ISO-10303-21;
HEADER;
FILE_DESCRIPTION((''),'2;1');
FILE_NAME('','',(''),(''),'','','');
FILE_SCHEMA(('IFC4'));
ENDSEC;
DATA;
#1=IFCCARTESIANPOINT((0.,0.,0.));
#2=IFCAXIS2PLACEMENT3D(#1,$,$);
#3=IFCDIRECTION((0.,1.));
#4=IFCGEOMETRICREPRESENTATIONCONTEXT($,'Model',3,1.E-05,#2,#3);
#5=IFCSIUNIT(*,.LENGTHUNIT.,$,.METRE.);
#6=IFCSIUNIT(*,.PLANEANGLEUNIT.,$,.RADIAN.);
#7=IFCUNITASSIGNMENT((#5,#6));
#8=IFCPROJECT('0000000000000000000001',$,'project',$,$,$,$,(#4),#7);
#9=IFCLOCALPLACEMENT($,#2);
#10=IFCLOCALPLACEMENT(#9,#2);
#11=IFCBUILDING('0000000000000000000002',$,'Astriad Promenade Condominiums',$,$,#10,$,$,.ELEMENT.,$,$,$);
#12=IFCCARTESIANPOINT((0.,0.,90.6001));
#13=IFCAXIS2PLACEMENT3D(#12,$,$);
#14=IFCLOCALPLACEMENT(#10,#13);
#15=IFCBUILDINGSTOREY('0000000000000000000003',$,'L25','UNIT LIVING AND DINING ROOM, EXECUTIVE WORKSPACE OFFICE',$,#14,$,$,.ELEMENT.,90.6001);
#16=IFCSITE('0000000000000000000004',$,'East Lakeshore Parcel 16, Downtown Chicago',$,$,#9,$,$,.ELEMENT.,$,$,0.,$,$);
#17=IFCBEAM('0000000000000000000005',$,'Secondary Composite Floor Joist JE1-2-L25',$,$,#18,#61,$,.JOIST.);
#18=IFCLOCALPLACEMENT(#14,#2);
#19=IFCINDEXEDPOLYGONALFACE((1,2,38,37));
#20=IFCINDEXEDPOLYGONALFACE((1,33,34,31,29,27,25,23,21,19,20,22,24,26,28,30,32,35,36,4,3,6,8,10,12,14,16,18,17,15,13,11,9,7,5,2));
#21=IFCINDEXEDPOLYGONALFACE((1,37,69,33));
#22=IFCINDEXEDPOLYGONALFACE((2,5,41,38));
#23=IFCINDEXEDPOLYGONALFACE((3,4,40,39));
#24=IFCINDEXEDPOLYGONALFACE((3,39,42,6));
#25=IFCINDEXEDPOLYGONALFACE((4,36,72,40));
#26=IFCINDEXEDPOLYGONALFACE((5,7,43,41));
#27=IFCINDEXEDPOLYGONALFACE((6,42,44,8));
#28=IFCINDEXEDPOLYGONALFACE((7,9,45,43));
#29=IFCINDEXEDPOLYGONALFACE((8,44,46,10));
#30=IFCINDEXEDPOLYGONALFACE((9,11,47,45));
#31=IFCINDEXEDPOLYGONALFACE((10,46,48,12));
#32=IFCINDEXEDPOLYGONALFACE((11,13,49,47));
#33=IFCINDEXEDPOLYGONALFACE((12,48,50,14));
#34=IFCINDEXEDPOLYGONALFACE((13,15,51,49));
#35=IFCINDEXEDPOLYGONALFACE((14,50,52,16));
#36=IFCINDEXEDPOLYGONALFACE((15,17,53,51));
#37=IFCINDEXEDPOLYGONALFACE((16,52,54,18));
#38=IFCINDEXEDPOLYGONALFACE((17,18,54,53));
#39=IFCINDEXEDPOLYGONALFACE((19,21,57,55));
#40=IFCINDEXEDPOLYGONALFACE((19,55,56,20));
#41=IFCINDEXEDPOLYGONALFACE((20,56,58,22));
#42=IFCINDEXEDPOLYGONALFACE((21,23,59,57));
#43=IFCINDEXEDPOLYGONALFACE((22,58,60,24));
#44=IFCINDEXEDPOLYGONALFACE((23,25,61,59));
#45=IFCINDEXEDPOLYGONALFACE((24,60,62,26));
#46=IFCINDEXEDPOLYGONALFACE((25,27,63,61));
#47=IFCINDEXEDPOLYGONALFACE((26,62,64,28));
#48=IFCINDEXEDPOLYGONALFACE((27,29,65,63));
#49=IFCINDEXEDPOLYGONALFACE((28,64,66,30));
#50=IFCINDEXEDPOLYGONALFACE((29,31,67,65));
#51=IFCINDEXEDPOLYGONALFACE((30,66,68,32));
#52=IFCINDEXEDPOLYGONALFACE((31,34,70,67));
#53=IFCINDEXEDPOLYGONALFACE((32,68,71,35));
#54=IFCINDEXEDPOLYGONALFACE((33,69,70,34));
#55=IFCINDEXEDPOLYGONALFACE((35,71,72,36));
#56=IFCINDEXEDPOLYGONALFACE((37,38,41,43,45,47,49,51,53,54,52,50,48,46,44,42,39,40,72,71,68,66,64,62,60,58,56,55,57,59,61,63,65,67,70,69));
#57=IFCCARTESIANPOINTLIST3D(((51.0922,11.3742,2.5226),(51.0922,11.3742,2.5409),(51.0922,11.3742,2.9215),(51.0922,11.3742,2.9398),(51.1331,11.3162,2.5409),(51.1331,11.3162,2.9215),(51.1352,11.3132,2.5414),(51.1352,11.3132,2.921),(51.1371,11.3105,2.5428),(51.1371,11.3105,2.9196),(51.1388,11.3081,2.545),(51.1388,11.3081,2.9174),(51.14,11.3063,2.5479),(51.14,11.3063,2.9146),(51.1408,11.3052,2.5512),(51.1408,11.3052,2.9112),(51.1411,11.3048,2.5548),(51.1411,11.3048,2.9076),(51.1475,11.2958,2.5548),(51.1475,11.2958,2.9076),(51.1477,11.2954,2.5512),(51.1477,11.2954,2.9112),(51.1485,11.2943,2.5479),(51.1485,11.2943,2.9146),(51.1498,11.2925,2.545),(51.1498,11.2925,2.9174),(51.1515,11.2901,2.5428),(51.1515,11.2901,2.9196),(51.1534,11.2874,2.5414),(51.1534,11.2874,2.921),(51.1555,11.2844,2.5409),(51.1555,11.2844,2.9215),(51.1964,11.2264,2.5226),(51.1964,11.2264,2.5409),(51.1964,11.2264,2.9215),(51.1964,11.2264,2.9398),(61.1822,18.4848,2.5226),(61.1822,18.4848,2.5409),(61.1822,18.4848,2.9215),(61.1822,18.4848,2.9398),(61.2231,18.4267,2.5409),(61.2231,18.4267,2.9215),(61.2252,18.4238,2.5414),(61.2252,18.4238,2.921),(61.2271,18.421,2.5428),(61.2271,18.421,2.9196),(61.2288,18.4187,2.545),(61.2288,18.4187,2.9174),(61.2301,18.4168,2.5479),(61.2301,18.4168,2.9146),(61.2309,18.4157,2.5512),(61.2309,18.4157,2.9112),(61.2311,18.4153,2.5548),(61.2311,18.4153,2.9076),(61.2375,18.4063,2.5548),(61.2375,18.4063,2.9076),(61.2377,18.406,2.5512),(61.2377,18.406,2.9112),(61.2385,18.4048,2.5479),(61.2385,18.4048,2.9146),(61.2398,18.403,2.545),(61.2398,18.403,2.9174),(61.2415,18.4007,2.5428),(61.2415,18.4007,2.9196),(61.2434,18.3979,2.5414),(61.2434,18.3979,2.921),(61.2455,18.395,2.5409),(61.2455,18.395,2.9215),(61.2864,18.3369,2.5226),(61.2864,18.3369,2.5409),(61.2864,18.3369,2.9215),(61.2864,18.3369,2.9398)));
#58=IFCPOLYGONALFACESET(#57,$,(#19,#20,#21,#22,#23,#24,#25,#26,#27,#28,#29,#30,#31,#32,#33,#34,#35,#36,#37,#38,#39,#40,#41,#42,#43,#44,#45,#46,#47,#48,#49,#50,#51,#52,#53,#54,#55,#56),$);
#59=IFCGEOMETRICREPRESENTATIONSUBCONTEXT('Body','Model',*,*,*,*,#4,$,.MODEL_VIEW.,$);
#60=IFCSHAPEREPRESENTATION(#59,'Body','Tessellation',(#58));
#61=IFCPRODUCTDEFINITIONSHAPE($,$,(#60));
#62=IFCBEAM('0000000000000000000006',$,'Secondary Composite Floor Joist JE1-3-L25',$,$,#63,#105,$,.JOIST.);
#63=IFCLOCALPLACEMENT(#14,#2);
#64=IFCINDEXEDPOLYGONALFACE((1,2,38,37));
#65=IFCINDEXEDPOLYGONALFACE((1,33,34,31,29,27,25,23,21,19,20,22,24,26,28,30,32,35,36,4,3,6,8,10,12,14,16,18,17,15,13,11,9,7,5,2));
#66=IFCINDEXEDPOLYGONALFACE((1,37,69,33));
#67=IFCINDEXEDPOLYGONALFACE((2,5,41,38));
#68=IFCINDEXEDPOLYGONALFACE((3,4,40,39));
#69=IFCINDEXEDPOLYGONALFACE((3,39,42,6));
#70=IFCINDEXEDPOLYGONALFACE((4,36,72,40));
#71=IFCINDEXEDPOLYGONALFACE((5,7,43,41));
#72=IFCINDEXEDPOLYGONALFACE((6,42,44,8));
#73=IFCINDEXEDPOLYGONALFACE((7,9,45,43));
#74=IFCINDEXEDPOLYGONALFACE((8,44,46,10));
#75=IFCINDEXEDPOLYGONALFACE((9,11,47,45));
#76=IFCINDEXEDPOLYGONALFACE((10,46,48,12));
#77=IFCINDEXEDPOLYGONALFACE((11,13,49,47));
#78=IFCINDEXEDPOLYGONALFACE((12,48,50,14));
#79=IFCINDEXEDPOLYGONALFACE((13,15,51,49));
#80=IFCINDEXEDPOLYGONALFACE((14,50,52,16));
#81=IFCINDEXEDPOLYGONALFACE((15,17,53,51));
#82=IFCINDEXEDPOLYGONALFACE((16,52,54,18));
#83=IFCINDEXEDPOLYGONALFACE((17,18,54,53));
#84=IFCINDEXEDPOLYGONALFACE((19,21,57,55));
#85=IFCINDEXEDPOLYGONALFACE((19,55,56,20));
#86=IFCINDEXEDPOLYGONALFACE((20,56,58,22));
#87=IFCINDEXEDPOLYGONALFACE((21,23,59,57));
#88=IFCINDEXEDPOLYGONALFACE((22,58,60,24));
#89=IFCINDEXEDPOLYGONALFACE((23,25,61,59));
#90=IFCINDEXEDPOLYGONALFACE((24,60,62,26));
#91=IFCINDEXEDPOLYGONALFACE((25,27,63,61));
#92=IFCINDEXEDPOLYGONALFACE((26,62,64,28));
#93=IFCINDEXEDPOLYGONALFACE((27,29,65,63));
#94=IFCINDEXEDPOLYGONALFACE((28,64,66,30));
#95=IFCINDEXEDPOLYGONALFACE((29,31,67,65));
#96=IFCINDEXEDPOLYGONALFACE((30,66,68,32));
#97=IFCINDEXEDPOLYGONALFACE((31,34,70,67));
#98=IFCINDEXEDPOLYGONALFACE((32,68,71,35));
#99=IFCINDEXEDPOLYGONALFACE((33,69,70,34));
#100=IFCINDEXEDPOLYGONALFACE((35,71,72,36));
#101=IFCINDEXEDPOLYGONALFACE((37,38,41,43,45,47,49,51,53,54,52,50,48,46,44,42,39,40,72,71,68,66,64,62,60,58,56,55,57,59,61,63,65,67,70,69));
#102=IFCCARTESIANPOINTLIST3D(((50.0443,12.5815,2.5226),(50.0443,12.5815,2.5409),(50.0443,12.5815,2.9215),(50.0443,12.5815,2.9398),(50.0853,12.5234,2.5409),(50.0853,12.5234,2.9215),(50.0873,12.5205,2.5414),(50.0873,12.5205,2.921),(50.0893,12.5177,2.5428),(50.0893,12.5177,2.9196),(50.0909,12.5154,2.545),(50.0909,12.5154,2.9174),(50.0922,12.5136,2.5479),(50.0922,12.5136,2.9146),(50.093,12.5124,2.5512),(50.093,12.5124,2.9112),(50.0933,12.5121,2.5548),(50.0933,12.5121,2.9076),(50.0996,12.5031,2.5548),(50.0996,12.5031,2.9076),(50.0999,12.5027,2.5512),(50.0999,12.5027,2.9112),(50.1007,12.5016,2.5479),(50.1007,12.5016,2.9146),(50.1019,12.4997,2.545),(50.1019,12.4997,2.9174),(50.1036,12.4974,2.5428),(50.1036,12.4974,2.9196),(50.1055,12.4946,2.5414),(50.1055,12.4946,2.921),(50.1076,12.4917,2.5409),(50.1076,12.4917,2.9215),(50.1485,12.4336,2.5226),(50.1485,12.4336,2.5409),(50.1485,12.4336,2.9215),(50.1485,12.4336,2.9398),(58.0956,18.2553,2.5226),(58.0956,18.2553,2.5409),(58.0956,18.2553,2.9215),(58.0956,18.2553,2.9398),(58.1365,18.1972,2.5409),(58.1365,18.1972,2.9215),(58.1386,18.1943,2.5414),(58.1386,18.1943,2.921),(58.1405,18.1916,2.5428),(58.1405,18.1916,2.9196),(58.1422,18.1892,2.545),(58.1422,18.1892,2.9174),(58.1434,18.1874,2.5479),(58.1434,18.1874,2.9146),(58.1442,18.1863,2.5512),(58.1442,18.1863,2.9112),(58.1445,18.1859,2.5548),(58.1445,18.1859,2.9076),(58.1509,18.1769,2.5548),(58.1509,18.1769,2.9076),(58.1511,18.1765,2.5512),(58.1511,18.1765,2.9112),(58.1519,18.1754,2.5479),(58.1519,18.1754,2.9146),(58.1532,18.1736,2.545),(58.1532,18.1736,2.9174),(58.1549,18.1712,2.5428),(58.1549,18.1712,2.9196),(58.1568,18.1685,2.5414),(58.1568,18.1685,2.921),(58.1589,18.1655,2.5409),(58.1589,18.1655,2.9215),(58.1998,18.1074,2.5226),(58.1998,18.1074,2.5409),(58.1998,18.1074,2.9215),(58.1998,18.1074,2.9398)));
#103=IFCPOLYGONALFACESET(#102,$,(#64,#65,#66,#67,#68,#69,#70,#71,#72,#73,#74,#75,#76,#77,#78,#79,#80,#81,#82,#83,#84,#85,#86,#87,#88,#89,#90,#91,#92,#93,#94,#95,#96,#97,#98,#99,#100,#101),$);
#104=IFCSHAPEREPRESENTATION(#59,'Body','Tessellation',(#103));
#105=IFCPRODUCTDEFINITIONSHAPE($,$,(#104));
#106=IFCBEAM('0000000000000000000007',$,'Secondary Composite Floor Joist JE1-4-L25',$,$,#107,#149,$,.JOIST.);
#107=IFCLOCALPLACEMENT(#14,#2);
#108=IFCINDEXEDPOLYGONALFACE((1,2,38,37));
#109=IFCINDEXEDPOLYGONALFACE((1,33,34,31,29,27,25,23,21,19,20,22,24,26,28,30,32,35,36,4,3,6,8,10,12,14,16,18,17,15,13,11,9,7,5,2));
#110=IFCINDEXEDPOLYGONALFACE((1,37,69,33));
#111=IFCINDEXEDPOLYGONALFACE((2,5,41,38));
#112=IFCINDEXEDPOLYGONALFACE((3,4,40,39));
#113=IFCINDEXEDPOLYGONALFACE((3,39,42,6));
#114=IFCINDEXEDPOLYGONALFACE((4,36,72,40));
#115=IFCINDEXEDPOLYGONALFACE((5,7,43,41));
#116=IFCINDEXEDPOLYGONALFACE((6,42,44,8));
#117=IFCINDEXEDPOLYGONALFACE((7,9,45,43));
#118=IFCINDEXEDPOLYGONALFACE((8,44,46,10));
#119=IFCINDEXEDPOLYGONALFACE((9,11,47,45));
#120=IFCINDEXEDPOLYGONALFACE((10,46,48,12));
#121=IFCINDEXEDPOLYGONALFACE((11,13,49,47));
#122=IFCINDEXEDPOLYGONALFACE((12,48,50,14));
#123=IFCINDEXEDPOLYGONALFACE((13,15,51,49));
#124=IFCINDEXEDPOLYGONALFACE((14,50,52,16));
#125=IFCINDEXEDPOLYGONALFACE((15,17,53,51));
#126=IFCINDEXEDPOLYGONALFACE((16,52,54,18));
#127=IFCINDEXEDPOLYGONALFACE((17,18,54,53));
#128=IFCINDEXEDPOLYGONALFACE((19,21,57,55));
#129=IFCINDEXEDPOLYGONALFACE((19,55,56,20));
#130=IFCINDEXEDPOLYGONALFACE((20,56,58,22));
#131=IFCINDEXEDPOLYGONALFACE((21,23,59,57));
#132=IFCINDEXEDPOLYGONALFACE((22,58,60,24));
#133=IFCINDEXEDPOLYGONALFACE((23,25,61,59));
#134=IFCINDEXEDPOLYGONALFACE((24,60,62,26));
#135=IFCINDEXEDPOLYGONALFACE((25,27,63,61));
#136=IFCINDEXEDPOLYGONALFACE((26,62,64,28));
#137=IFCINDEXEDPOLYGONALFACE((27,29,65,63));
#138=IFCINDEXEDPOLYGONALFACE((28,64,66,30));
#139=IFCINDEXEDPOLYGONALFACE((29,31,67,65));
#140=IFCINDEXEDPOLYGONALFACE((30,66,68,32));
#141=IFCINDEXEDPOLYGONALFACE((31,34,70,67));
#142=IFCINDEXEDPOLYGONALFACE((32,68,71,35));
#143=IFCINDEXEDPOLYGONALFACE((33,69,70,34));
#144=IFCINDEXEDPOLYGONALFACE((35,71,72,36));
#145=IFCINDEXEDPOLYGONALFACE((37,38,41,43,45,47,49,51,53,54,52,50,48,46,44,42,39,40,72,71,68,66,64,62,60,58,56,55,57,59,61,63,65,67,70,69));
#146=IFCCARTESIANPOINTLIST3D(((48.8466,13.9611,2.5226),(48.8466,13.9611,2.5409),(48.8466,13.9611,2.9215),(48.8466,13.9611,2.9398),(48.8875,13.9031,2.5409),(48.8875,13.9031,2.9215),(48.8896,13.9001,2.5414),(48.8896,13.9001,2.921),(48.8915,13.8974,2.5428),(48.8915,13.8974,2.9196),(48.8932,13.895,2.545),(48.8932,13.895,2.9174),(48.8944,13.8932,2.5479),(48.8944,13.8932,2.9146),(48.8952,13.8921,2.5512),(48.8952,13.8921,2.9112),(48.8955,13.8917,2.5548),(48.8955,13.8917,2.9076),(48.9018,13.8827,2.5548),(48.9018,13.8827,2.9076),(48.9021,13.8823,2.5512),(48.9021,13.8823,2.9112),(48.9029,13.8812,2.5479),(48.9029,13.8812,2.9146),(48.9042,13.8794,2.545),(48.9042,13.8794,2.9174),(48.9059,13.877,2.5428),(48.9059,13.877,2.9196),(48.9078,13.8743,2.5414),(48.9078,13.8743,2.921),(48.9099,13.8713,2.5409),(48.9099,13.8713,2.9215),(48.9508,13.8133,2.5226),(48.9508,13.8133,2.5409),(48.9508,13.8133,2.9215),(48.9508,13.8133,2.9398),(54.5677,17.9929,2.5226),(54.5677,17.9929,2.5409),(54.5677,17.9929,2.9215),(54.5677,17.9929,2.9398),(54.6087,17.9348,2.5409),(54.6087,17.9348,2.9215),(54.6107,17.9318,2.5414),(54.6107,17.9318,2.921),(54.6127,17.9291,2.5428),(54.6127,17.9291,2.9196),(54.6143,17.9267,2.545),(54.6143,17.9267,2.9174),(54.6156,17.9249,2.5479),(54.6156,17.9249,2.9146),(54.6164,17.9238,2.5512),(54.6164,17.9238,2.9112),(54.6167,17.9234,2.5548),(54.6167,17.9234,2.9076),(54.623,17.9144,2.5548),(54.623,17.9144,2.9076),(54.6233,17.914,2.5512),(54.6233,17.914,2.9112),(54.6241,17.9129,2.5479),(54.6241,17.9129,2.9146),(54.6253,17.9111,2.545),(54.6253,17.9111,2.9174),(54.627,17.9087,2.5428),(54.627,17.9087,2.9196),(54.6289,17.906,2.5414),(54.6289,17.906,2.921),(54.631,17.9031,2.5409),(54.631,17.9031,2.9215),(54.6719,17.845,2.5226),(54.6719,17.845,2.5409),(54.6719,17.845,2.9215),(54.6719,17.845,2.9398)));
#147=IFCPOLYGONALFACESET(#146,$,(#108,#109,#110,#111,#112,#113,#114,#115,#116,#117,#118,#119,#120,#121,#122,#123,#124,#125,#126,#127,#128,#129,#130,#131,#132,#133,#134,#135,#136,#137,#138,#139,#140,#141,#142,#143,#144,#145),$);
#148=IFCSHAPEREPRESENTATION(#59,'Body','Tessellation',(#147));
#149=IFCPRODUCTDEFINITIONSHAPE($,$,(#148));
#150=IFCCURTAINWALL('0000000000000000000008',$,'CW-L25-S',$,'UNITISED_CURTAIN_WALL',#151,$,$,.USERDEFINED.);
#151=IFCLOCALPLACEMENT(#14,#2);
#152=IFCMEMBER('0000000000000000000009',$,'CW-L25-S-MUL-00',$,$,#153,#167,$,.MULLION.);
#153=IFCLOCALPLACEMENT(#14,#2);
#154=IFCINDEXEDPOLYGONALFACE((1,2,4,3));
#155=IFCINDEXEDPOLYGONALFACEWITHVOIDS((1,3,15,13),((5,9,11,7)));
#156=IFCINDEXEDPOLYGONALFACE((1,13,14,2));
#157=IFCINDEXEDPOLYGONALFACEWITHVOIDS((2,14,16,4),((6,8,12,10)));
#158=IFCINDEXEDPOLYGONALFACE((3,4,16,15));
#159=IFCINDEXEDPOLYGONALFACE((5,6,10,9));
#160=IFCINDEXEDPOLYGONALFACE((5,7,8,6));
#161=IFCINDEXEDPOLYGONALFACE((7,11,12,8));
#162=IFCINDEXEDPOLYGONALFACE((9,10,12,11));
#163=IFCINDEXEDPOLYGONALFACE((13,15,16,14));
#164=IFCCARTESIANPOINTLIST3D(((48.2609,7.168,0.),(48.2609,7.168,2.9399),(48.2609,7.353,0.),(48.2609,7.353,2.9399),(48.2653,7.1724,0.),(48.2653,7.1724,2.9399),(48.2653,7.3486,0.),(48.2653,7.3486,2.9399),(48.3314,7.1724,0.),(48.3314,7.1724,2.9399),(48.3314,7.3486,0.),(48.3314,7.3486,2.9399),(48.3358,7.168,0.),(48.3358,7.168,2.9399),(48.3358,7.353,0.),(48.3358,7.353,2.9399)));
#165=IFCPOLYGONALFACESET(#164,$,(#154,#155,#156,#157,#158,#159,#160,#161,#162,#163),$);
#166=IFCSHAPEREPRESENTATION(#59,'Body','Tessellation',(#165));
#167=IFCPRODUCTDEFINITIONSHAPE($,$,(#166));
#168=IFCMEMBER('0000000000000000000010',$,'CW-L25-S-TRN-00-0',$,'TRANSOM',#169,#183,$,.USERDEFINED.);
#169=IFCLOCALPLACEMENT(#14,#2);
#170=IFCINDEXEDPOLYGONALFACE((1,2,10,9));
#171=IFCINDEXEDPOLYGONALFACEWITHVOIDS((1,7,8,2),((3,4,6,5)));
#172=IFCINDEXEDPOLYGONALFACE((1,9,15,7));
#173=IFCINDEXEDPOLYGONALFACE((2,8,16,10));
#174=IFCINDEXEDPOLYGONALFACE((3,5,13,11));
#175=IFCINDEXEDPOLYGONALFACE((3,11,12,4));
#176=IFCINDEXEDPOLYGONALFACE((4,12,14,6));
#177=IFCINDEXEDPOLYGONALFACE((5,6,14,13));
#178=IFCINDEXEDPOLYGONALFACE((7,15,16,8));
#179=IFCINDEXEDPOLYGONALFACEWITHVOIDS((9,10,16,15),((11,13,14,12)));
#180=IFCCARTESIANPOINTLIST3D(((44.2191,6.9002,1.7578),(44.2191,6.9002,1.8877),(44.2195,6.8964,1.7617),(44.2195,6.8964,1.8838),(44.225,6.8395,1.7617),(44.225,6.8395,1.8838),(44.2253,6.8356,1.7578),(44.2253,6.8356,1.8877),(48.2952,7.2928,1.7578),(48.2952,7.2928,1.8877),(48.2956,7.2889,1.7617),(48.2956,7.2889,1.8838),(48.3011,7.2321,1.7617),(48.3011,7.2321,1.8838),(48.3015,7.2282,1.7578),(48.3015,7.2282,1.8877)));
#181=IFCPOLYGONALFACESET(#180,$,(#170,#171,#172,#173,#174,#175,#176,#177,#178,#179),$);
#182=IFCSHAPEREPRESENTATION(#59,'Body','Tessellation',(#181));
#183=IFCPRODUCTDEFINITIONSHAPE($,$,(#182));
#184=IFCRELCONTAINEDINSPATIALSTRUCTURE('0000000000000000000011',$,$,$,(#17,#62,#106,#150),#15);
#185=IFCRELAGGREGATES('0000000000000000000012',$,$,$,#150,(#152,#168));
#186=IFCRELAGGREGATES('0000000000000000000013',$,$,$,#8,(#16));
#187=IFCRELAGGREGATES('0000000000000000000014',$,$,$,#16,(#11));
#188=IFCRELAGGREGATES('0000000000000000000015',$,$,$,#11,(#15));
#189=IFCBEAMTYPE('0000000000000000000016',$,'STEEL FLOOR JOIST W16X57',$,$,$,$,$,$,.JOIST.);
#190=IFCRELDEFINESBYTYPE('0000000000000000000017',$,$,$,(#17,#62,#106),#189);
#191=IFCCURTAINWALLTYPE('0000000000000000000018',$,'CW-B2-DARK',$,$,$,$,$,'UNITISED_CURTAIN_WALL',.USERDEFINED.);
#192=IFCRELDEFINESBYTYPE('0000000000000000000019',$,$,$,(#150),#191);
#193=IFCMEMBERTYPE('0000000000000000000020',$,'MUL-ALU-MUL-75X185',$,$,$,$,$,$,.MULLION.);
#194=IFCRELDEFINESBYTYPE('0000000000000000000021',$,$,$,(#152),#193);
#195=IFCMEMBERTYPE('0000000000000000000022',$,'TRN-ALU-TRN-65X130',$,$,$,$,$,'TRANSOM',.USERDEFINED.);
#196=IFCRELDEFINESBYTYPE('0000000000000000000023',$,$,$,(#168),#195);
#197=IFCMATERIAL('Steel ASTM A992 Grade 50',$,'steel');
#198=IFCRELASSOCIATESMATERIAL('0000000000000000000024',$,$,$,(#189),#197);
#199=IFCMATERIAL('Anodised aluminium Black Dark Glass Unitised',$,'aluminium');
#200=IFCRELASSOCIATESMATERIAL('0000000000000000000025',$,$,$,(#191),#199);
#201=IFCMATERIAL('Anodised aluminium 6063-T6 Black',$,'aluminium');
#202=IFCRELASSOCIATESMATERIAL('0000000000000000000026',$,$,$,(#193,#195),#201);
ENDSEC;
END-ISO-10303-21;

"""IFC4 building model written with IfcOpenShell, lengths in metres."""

from ifc_helpers import new_model, si_unit, direction, frame, origin, origin_2d, place, context, subcontext, project, spatial, hollow_rectangle, i_section, extrude, source, transform, mapped, material, material_profile, profile_set, type_object, type_shapes, element, aggregate, save


model = new_model("IFC4")

# Units and contexts
model_context = context("Model", 3, precision=1e-05, world=origin(), true_north=direction((0.0, 1.0)))
body_context = subcontext(model_context, "Body", "Model", "MODEL_VIEW")
ifc_project = project(units=[si_unit("LENGTHUNIT", "METRE"), si_unit("PLANEANGLEUNIT", "RADIAN")], contexts=[model_context])

# Site, building, storey
site_placement = place(None, origin())
site = spatial("IfcSite", under=ifc_project, at=site_placement, Name="East Lakeshore Parcel 16, Downtown Chicago", CompositionType="ELEMENT", RefElevation=0.0)
building_placement = place(site_placement, origin())
building = spatial("IfcBuilding", under=site, at=building_placement, Name="Astriad Promenade Condominiums", CompositionType="ELEMENT")
storey_placement = place(building_placement, frame((0.0, 0.0, 90.6001)))
storey = spatial("IfcBuildingStorey", under=building, at=storey_placement, Name="L25", Description="UNIT LIVING AND DINING ROOM, EXECUTIVE WORKSPACE OFFICE", CompositionType="ELEMENT", Elevation=90.6001)

# Beams
ifc_material_1 = material(Name="Steel ASTM A992 Grade 50", Category="steel")
ifc_material_profile_1 = material_profile(ifc_material_1, i_section(OverallWidth=0.1809, OverallDepth=0.4172, WebThickness=0.011, FlangeThickness=0.0183, FilletRadius=0.0139, at=origin_2d()), Name="W16X57")
ifc_profile_set_1 = profile_set([ifc_material_profile_1], Name="Steel ASTM A992 Grade 50")
beam_type_1 = type_object("IfcBeamType", Name="STEEL FLOOR JOIST W16X57", PredefinedType="JOIST", material=ifc_profile_set_1)
shared_shape_1 = source(origin(), body_context, "Body", "SweptSolid", [
    extrude(i_section(OverallWidth=0.1809, OverallDepth=0.4172, WebThickness=0.011, FlangeThickness=0.0183, FilletRadius=0.0139, at=origin_2d()), origin(), (0.0, 0.0, 1.0), 12.3438),
])
beam_1_placement = place(storey_placement, frame((51.1443, 11.3003, 2.7312), z_axis=(0.817419, 0.576044, 0.0), x_axis=(-0.576044, 0.817419, 0.0)))
element("IfcBeam", 1, at=beam_1_placement, inside=storey, type_object=beam_type_1, Name="Secondary Composite Floor Joist JE1-2-L25", PredefinedType="JOIST", context=body_context, shape_type="MappedRepresentation", body=[
    mapped(shared_shape_1, transform((0.0, 0.0, 0.0), scale=1.0)),
])
shared_shape_2 = source(origin(), body_context, "Body", "SweptSolid", [
    extrude(i_section(OverallWidth=0.1809, OverallDepth=0.4172, WebThickness=0.011, FlangeThickness=0.0183, FilletRadius=0.0139, at=origin_2d()), origin(), (0.0, 0.0, 1.0), 9.8496),
])
beam_2_placement = place(storey_placement, frame((50.0964, 12.5076, 2.7312), z_axis=(0.817418, 0.576045, 0.0), x_axis=(-0.576045, 0.817418, 0.0)))
element("IfcBeam", 2, at=beam_2_placement, inside=storey, type_object=beam_type_1, Name="Secondary Composite Floor Joist JE1-3-L25", PredefinedType="JOIST", context=body_context, shape_type="MappedRepresentation", body=[
    mapped(shared_shape_2, transform((0.0, 0.0, 0.0), scale=1.0)),
])
shared_shape_3 = source(origin(), body_context, "Body", "SweptSolid", [
    extrude(i_section(OverallWidth=0.1809, OverallDepth=0.4172, WebThickness=0.011, FlangeThickness=0.0183, FilletRadius=0.0139, at=origin_2d()), origin(), (0.0, 0.0, 1.0), 6.999),
])
beam_3_placement = place(storey_placement, frame((48.8987, 13.8872, 2.7312), z_axis=(0.817422, 0.576039, 0.0), x_axis=(-0.576039, 0.817422, 0.0)))
element("IfcBeam", 3, at=beam_3_placement, inside=storey, type_object=beam_type_1, Name="Secondary Composite Floor Joist JE1-4-L25", PredefinedType="JOIST", context=body_context, shape_type="MappedRepresentation", body=[
    mapped(shared_shape_3, transform((0.0, 0.0, 0.0), scale=1.0)),
])

# Curtain wall, members
ifc_material_2 = material(Name="Anodised aluminium Black Dark Glass Unitised", Category="aluminium")
curtain_wall_type = type_object("IfcCurtainWallType", Name="CW-B2-DARK", ElementType="UNITISED_CURTAIN_WALL", PredefinedType="USERDEFINED", material=ifc_material_2)
curtain_wall_placement = place(storey_placement, origin())
curtain_wall = element("IfcCurtainWall", 4, at=curtain_wall_placement, inside=storey, type_object=curtain_wall_type, Name="CW-L25-S", ObjectType="UNITISED_CURTAIN_WALL", PredefinedType="USERDEFINED")
ifc_material_3 = material(Name="Anodised aluminium 6063-T6 Black", Category="aluminium")
ifc_material_profile_2 = material_profile(ifc_material_3, hollow_rectangle(XDim=0.075, YDim=0.1851, WallThickness=0.0044, at=origin_2d()), Name="ALU-MUL-75X185")
ifc_profile_set_2 = profile_set([ifc_material_profile_2], Name="Anodised aluminium 6063-T6 Black")
member_type_1 = type_object("IfcMemberType", Name="MUL-ALU-MUL-75X185", PredefinedType="MULLION", material=ifc_profile_set_2)
shared_shape_4 = source(origin(), body_context, "Body", "SweptSolid", [
    extrude(hollow_rectangle(XDim=0.075, YDim=0.1851, WallThickness=0.0044, at=origin_2d()), origin(), (0.0, 0.0, 1.0), 2.9399),
])
type_shapes(member_type_1, [shared_shape_4])
member_1_placement = place(storey_placement, frame((48.2983, 7.2605, 0.0), z_axis=(0.0, 0.0, 1.0), x_axis=(1.0, 0.0, 0.0)))
member_1 = element("IfcMember", 5, at=member_1_placement, type_object=member_type_1, Name="CW-L25-S-MUL-00", PredefinedType="MULLION", context=body_context, shape_type="MappedRepresentation", body=[
    mapped(shared_shape_4, transform((0.0, 0.0, 0.0), scale=1.0)),
])
ifc_material_profile_3 = material_profile(ifc_material_3, hollow_rectangle(XDim=0.0649, YDim=0.1299, WallThickness=0.0039, at=origin_2d()), Name="ALU-TRN-65X130")
ifc_profile_set_3 = profile_set([ifc_material_profile_3], Name="Anodised aluminium 6063-T6 Black")
member_type_2 = type_object("IfcMemberType", Name="TRN-ALU-TRN-65X130", ElementType="TRANSOM", PredefinedType="USERDEFINED", material=ifc_profile_set_3)
shared_shape_5 = source(origin(), body_context, "Body", "SweptSolid", [
    extrude(hollow_rectangle(XDim=0.0649, YDim=0.1299, WallThickness=0.0039, at=origin_2d()), origin(), (0.0, 0.0, 1.0), 4.095),
])
type_shapes(member_type_2, [shared_shape_5])
member_2_placement = place(storey_placement, frame((48.2983, 7.2605, 1.8228), z_axis=(-0.995394, -0.095867, 0.0), x_axis=(0.095867, -0.995394, 0.0)))
member_2 = element("IfcMember", 6, at=member_2_placement, type_object=member_type_2, Name="CW-L25-S-TRN-00-0", ObjectType="TRANSOM", PredefinedType="USERDEFINED", context=body_context, shape_type="MappedRepresentation", body=[
    mapped(shared_shape_5, transform((0.0, 0.0, 0.0), scale=1.0)),
])
aggregate(curtain_wall, [member_1, member_2])

save(model, "model.ifc")
